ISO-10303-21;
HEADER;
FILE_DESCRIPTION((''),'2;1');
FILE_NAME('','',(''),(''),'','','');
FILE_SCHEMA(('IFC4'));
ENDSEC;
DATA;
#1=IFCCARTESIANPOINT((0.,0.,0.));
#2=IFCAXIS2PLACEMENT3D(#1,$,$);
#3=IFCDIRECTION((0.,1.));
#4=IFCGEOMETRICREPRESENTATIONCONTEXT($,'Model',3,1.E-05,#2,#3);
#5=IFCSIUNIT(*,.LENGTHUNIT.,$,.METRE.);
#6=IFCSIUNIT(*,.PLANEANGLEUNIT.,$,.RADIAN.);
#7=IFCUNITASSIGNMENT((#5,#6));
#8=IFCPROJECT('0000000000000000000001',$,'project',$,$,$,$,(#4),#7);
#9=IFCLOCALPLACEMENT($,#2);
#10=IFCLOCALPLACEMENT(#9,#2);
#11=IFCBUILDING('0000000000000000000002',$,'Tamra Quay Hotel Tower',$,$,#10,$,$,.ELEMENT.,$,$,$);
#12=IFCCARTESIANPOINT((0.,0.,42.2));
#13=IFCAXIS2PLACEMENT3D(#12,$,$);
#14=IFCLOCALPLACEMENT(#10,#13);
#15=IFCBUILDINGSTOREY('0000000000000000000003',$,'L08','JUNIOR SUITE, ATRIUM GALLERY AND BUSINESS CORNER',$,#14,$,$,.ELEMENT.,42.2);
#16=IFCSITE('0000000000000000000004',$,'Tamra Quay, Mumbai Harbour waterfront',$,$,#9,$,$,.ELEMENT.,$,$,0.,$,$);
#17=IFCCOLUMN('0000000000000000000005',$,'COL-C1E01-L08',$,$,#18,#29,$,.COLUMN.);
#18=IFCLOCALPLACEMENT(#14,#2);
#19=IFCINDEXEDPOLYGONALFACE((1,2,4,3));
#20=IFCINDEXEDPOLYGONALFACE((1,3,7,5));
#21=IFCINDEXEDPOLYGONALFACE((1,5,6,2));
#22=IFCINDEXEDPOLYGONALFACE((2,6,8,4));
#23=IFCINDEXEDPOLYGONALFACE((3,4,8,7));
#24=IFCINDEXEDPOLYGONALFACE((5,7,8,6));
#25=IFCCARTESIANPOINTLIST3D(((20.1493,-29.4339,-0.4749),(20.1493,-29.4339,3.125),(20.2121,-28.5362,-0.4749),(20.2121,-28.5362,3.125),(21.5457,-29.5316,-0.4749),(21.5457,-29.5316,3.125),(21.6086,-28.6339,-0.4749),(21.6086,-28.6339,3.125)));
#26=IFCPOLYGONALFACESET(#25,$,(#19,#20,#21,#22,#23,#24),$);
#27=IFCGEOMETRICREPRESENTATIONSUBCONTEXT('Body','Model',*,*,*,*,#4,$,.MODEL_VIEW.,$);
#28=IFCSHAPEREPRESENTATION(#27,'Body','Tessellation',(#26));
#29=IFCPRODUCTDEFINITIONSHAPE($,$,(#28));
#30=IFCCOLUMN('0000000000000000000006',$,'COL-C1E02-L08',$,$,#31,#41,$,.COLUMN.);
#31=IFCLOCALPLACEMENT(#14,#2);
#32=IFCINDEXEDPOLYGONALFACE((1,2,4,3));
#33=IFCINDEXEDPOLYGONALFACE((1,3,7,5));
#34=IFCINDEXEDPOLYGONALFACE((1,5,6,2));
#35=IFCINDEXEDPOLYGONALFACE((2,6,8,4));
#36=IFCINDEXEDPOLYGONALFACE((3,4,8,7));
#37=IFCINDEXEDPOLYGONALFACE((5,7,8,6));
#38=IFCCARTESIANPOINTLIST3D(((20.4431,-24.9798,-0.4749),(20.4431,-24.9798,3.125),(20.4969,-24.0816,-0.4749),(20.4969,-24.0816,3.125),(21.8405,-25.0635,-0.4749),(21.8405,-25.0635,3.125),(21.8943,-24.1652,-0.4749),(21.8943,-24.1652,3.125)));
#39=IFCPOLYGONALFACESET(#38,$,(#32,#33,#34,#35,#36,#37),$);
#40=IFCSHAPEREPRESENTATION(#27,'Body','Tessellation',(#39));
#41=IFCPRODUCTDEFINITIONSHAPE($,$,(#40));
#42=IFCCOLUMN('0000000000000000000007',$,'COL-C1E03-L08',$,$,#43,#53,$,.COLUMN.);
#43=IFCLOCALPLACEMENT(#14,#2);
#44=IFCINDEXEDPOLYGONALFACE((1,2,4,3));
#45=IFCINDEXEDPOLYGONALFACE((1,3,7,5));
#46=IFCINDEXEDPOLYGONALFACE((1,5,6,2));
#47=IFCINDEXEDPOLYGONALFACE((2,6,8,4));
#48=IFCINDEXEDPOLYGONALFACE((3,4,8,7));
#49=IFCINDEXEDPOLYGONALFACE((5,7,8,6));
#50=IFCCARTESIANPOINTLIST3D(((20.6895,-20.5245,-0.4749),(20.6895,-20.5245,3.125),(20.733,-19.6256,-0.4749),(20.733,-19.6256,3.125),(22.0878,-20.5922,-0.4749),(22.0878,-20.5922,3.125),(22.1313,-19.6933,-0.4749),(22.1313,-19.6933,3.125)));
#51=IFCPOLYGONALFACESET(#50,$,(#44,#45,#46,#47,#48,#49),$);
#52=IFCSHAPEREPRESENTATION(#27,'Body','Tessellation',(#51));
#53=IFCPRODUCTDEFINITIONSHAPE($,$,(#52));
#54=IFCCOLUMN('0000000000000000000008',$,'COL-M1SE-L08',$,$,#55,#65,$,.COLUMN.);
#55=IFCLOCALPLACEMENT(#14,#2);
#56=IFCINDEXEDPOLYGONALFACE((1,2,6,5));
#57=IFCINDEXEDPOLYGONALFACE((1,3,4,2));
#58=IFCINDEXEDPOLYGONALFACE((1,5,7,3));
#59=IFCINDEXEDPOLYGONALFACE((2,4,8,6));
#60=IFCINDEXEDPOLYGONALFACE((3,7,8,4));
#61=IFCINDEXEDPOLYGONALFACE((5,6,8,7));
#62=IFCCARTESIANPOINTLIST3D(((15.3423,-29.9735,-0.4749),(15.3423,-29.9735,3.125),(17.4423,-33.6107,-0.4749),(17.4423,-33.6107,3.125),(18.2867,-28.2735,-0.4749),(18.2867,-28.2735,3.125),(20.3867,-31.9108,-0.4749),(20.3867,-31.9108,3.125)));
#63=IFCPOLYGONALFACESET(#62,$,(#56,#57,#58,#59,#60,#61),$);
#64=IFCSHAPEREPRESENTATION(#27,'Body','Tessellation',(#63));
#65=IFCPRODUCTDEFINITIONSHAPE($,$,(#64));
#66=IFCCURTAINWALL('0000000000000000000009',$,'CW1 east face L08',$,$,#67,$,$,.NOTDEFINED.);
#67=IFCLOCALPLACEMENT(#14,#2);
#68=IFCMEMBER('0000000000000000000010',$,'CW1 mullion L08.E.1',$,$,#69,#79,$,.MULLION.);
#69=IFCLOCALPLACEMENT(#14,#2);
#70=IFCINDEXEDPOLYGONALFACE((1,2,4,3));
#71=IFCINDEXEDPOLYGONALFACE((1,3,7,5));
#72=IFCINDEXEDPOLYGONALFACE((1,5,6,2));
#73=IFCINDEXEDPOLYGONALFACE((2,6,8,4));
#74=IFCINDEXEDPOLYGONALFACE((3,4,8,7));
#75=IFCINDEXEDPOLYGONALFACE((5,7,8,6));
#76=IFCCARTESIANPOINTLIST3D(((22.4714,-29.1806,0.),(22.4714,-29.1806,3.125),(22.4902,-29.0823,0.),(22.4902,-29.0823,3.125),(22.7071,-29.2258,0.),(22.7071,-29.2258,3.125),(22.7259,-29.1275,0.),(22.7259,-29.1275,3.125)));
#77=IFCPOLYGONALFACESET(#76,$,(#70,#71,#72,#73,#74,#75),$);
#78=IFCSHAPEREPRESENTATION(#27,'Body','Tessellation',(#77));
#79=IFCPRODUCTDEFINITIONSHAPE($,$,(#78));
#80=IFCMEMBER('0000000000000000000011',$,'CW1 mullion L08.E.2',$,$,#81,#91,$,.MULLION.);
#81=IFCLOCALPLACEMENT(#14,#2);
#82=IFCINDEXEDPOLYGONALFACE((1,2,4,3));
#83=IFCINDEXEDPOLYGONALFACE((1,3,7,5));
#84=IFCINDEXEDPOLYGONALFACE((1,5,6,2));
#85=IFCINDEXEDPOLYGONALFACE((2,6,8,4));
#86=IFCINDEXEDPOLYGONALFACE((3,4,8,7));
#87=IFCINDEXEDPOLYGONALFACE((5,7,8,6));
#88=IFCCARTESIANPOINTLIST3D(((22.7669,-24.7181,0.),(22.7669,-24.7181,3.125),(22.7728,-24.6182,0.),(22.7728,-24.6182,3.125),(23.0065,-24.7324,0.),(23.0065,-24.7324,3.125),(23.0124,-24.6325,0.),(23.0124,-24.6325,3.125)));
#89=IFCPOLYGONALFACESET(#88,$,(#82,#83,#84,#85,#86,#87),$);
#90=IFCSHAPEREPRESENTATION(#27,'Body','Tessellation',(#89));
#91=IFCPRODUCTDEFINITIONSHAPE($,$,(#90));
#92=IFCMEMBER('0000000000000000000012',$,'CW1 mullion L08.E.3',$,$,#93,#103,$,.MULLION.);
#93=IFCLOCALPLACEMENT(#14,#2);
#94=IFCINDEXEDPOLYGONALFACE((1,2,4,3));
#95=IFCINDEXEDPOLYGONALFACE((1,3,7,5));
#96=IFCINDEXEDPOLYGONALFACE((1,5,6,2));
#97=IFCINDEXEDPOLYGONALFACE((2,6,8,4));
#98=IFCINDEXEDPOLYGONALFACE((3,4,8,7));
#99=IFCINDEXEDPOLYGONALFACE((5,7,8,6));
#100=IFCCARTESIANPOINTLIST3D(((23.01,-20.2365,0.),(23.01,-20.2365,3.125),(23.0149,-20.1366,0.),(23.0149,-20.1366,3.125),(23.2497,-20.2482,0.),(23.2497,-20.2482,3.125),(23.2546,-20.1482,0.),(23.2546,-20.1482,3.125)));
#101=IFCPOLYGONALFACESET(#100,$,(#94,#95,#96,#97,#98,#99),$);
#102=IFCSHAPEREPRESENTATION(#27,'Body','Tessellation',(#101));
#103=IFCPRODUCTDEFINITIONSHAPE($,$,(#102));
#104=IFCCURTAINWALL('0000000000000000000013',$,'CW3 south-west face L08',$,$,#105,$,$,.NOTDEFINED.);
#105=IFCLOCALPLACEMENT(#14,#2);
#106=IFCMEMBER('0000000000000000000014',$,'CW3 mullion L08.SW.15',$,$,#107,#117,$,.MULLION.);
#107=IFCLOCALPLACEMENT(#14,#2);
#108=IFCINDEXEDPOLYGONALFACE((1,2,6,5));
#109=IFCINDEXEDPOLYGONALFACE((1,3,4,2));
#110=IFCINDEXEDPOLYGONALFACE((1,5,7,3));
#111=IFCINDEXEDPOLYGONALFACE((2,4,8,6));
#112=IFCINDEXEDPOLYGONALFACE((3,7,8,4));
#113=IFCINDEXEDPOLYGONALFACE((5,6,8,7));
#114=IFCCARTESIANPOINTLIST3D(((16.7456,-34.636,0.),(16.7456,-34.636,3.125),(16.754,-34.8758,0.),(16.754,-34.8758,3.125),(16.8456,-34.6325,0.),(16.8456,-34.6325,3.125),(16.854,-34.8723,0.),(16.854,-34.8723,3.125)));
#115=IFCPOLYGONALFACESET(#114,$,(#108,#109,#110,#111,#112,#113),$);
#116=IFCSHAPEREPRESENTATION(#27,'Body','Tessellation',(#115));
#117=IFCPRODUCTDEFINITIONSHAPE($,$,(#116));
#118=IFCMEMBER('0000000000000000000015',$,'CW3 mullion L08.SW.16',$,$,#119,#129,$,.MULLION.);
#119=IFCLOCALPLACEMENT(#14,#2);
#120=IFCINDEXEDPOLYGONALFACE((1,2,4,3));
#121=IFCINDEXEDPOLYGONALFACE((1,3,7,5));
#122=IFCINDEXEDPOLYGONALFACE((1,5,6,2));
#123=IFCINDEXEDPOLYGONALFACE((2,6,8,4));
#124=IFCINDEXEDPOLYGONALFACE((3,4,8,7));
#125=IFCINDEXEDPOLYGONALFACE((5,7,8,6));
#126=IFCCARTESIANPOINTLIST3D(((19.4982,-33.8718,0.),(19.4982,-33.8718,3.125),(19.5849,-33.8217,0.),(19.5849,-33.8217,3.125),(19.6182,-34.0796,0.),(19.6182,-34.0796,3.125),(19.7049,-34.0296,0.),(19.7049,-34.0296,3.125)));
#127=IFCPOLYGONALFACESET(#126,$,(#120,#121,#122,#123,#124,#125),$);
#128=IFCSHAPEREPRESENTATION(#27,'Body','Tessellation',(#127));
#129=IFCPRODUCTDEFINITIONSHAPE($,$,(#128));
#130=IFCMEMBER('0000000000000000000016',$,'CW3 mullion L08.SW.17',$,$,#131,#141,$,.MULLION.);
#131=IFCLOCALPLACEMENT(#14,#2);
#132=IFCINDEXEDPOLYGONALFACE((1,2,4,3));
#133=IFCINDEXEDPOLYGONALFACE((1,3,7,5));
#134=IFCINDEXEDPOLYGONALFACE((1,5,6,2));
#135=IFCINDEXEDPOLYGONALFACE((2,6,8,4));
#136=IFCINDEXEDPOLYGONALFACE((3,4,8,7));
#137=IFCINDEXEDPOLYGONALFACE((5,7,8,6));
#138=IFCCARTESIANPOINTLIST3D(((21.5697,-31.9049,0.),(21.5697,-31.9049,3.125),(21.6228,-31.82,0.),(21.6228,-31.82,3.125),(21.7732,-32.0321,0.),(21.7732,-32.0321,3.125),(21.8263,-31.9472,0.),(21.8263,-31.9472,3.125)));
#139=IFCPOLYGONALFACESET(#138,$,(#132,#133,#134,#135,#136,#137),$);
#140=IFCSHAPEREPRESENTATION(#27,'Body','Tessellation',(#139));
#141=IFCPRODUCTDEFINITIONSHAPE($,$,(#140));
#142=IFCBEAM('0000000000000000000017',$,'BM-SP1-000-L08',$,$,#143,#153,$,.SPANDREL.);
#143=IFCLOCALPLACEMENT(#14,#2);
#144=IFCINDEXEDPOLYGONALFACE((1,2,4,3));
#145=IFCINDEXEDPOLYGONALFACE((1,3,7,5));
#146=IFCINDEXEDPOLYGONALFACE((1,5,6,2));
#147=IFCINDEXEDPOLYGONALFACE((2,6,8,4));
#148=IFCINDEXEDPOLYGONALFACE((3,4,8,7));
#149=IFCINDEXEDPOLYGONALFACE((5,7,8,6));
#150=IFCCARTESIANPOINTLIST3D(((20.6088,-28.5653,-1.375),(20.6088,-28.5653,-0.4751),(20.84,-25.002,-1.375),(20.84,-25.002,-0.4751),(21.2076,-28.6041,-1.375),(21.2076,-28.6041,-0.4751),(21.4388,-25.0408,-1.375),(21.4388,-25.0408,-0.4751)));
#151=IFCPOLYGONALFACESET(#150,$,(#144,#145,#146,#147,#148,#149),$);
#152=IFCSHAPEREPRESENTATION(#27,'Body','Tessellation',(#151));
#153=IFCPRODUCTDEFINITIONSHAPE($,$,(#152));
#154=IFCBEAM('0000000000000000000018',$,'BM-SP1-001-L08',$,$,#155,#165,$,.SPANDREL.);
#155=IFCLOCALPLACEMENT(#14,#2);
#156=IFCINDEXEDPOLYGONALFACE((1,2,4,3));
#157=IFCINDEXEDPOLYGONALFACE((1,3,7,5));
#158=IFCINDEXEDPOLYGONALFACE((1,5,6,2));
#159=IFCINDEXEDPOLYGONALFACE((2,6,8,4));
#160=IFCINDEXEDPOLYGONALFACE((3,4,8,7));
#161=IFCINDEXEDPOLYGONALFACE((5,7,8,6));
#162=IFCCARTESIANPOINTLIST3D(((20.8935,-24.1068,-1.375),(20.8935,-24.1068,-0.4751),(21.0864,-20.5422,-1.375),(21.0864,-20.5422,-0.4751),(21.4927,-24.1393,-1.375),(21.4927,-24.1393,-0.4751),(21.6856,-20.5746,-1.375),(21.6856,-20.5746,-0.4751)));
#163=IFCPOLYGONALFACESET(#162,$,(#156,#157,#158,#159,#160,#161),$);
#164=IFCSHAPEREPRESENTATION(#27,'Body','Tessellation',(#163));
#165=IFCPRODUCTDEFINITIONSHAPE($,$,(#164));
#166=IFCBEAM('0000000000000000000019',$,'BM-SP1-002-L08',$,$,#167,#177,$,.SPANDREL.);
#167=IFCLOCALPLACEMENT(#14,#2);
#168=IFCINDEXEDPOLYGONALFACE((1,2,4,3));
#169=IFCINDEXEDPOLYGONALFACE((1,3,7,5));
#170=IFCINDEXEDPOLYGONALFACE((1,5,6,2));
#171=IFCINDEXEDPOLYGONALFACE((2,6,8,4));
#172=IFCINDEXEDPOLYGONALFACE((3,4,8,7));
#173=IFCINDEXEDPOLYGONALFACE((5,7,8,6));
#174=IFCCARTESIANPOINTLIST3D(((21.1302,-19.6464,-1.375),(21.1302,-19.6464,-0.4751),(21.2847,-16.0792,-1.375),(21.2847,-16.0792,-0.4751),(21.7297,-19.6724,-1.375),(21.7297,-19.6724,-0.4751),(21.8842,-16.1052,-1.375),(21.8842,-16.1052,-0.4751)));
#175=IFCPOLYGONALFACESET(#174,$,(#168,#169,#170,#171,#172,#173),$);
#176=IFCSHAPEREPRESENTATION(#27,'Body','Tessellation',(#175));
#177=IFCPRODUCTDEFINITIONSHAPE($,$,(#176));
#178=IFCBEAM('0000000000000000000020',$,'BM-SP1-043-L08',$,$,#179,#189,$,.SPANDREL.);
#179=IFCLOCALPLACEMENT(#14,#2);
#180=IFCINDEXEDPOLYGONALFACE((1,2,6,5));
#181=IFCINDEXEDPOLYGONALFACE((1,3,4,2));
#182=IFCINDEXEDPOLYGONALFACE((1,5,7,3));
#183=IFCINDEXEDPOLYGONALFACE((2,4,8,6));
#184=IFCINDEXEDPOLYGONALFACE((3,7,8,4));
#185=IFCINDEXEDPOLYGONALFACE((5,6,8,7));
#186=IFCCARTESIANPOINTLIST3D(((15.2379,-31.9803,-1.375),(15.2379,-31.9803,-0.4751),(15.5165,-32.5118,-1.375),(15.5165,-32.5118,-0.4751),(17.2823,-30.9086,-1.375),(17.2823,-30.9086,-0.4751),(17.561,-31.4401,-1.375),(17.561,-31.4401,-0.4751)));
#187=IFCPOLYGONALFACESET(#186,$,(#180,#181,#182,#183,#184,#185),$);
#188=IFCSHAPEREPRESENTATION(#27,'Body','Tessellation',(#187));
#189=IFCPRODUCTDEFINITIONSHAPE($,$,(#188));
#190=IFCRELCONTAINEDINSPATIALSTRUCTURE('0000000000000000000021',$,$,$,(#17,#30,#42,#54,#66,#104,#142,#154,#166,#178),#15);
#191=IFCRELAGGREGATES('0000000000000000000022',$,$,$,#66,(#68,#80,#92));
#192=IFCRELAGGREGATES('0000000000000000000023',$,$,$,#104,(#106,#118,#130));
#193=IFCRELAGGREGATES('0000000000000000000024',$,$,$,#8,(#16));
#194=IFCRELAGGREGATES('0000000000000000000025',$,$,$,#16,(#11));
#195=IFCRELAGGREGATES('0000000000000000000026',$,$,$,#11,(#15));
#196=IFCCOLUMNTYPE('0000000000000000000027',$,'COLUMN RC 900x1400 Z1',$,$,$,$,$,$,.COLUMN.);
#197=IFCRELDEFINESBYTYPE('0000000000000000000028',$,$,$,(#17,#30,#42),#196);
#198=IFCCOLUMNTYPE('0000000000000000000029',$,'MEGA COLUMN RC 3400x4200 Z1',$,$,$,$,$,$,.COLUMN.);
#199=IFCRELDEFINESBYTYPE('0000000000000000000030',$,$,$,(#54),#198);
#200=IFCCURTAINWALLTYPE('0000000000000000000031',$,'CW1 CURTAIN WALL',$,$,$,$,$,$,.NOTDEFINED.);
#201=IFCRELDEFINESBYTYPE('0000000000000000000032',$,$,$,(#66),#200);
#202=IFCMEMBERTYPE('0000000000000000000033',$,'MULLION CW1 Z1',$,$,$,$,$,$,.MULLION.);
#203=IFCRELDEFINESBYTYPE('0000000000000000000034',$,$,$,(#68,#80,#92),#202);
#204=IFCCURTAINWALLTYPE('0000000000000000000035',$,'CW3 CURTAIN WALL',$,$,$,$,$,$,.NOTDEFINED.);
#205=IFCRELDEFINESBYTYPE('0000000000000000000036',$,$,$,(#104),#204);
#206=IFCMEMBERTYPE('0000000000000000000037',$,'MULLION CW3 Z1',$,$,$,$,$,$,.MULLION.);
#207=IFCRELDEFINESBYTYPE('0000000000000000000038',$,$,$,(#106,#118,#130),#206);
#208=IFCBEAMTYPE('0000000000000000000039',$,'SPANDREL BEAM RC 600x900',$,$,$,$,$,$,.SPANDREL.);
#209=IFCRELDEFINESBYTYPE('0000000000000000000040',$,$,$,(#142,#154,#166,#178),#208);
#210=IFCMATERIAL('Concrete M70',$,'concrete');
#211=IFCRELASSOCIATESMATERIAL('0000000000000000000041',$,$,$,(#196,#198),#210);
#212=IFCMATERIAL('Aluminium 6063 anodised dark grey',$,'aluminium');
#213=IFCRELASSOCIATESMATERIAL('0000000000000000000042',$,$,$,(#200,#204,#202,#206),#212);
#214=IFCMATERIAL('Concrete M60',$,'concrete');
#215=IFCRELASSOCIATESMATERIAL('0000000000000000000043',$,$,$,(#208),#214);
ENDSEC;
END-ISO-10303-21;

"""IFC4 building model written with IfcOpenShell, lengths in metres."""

from ifc_helpers import new_model, si_unit, direction, frame, origin, origin_2d, place, context, subcontext, project, spatial, rectangle, extrude, material, material_profile, profile_set, type_object, element, aggregate, save


model = new_model("IFC4")

# Units and contexts
model_context = context("Model", 3, precision=1e-05, world=origin(), true_north=direction((0.0, 1.0)))
body_context = subcontext(model_context, "Body", "Model", "MODEL_VIEW")
ifc_project = project(units=[si_unit("LENGTHUNIT", "METRE"), si_unit("PLANEANGLEUNIT", "RADIAN")], contexts=[model_context])

# Site, building, storey
site_placement = place(None, origin())
site = spatial("IfcSite", under=ifc_project, at=site_placement, Name="Tamra Quay, Mumbai Harbour waterfront", CompositionType="ELEMENT", RefElevation=0.0)
building_placement = place(site_placement, origin())
building = spatial("IfcBuilding", under=site, at=building_placement, Name="Tamra Quay Hotel Tower", CompositionType="ELEMENT")
storey_placement = place(building_placement, frame((0.0, 0.0, 42.2)))
storey = spatial("IfcBuildingStorey", under=building, at=storey_placement, Name="L08", Description="JUNIOR SUITE, ATRIUM GALLERY AND BUSINESS CORNER", CompositionType="ELEMENT", Elevation=42.2)

# Columns
ifc_material_1 = material(Name="Concrete M70", Category="concrete")
ifc_material_profile_1 = material_profile(ifc_material_1, rectangle(XDim=1.3999, YDim=0.8999, at=origin_2d()), Name="COLUMN RC 900x1400 Z1")
ifc_profile_set_1 = profile_set([ifc_material_profile_1], Name="Concrete M70")
column_type_1 = type_object("IfcColumnType", Name="COLUMN RC 900x1400 Z1", PredefinedType="COLUMN", material=ifc_profile_set_1)
for number, where, z_axis, x_axis, name in (
    (1, (20.8789, -29.0339, -0.4749), (0.0, 0.0, 1.0), (-0.997562, 0.06979, 0.0), "COL-C1E01-L08"),
    (2, (21.1687, -24.5725, -0.4749), (0.0, 0.0, 1.0), (-0.998214, 0.059733, 0.0), "COL-C1E02-L08"),
    (3, (21.4104, -20.1089, -0.4749), (0.0, 0.0, 1.0), (-0.998831, 0.048344, 0.0), "COL-C1E03-L08"),
):
    element("IfcColumn", number, at=place(storey_placement, frame(where, z_axis=z_axis, x_axis=x_axis)), inside=storey, type_object=column_type_1, Name=name, PredefinedType="COLUMN", context=body_context, shape_type="SweptSolid", body=[
        extrude(rectangle(XDim=1.3999, YDim=0.8999, at=origin_2d()), origin(), (0.0, 0.0, 1.0), 3.5999),
    ])
ifc_material_profile_2 = material_profile(ifc_material_1, rectangle(XDim=4.2, YDim=3.3999, at=origin_2d()), Name="MEGA COLUMN RC 3400x4200 Z1")
ifc_profile_set_2 = profile_set([ifc_material_profile_2], Name="Concrete M70")
column_type_2 = type_object("IfcColumnType", Name="MEGA COLUMN RC 3400x4200 Z1", PredefinedType="COLUMN", material=ifc_profile_set_2)
column_placement = place(storey_placement, frame((17.8645, -30.9421, -0.4749), z_axis=(0.0, 0.0, 1.0), x_axis=(-0.5, 0.866025, 0.0)))
element("IfcColumn", 4, at=column_placement, inside=storey, type_object=column_type_2, Name="COL-M1SE-L08", PredefinedType="COLUMN", context=body_context, shape_type="SweptSolid", body=[
    extrude(rectangle(XDim=4.2, YDim=3.3999, at=origin_2d()), origin(), (0.0, 0.0, 1.0), 3.5999),
])

# Curtain walls, members
ifc_material_2 = material(Name="Aluminium 6063 anodised dark grey", Category="aluminium")
curtain_wall_type_1 = type_object("IfcCurtainWallType", Name="CW1 CURTAIN WALL", PredefinedType="NOTDEFINED", material=ifc_material_2)
curtain_wall_1_placement = place(storey_placement, origin())
curtain_wall_1 = element("IfcCurtainWall", 5, at=curtain_wall_1_placement, inside=storey, type_object=curtain_wall_type_1, Name="CW1 east face L08", PredefinedType="NOTDEFINED")
ifc_material_profile_3 = material_profile(ifc_material_2, rectangle(XDim=0.24, YDim=0.1001, at=origin_2d()), Name="MULLION 100X240")
ifc_profile_set_3 = profile_set([ifc_material_profile_3], Name="Aluminium 6063 anodised dark grey")
member_type_1 = type_object("IfcMemberType", Name="MULLION CW1 Z1", PredefinedType="MULLION", material=ifc_profile_set_3)
member_1_placement = place(storey_placement, frame((22.5986, -29.1541, 0.0), z_axis=(0.0, 0.0, 1.0), x_axis=(0.982095, -0.188389, 0.0)))
member_1 = element("IfcMember", 6, at=member_1_placement, type_object=member_type_1, Name="CW1 mullion L08.E.1", PredefinedType="MULLION", context=body_context, shape_type="SweptSolid", body=[
    extrude(rectangle(XDim=0.24, YDim=0.1001, at=origin_2d()), origin(), (0.0, 0.0, 1.0), 3.125),
])
member_2_placement = place(storey_placement, frame((22.8896, -24.6753, 0.0), z_axis=(0.0, 0.0, 1.0), x_axis=(0.998232, -0.059439, 0.0)))
member_2 = element("IfcMember", 7, at=member_2_placement, type_object=member_type_1, Name="CW1 mullion L08.E.2", PredefinedType="MULLION", context=body_context, shape_type="SweptSolid", body=[
    extrude(rectangle(XDim=0.24, YDim=0.1001, at=origin_2d()), origin(), (0.0, 0.0, 1.0), 3.125),
])
member_3_placement = place(storey_placement, frame((23.1323, -20.1924, 0.0), z_axis=(0.0, 0.0, 1.0), x_axis=(0.998815, -0.048675, 0.0)))
member_3 = element("IfcMember", 8, at=member_3_placement, type_object=member_type_1, Name="CW1 mullion L08.E.3", PredefinedType="MULLION", context=body_context, shape_type="SweptSolid", body=[
    extrude(rectangle(XDim=0.24, YDim=0.1001, at=origin_2d()), origin(), (0.0, 0.0, 1.0), 3.125),
])
curtain_wall_type_2 = type_object("IfcCurtainWallType", Name="CW3 CURTAIN WALL", PredefinedType="NOTDEFINED", material=ifc_material_2)
curtain_wall_2_placement = place(storey_placement, origin())
curtain_wall_2 = element("IfcCurtainWall", 9, at=curtain_wall_2_placement, inside=storey, type_object=curtain_wall_type_2, Name="CW3 south-west face L08", PredefinedType="NOTDEFINED")
ifc_material_profile_4 = material_profile(ifc_material_2, rectangle(XDim=0.24, YDim=0.1001, at=origin_2d()), Name="MULLION 100X240")
ifc_profile_set_4 = profile_set([ifc_material_profile_4], Name="Aluminium 6063 anodised dark grey")
member_type_2 = type_object("IfcMemberType", Name="MULLION CW3 Z1", PredefinedType="MULLION", material=ifc_profile_set_4)
member_4_placement = place(storey_placement, frame((16.7998, -34.7542, 0.0), z_axis=(0.0, 0.0, 1.0), x_axis=(0.034916, -0.99939, 0.0)))
member_4 = element("IfcMember", 10, at=member_4_placement, type_object=member_type_2, Name="CW3 mullion L08.SW.15", PredefinedType="MULLION", context=body_context, shape_type="SweptSolid", body=[
    extrude(rectangle(XDim=0.24, YDim=0.1001, at=origin_2d()), origin(), (0.0, 0.0, 1.0), 3.125),
])
member_5_placement = place(storey_placement, frame((19.6016, -33.9507, 0.0), z_axis=(0.0, 0.0, 1.0), x_axis=(0.5, -0.866025, 0.0)))
member_5 = element("IfcMember", 11, at=member_5_placement, type_object=member_type_2, Name="CW3 mullion L08.SW.16", PredefinedType="MULLION", context=body_context, shape_type="SweptSolid", body=[
    extrude(rectangle(XDim=0.24, YDim=0.1001, at=origin_2d()), origin(), (0.0, 0.0, 1.0), 3.125),
])
member_6_placement = place(storey_placement, frame((21.698, -31.926, 0.0), z_axis=(0.0, 0.0, 1.0), x_axis=(0.848039, -0.529933, 0.0)))
member_6 = element("IfcMember", 12, at=member_6_placement, type_object=member_type_2, Name="CW3 mullion L08.SW.17", PredefinedType="MULLION", context=body_context, shape_type="SweptSolid", body=[
    extrude(rectangle(XDim=0.24, YDim=0.1001, at=origin_2d()), origin(), (0.0, 0.0, 1.0), 3.125),
])

# Beams
ifc_material_3 = material(Name="Concrete M60", Category="concrete")
ifc_material_profile_5 = material_profile(ifc_material_3, rectangle(XDim=0.6001, YDim=0.8999, at=origin_2d()), Name="SPANDREL BEAM RC 600x900")
ifc_profile_set_5 = profile_set([ifc_material_profile_5], Name="Concrete M60")
beam_type = type_object("IfcBeamType", Name="SPANDREL BEAM RC 600x900", PredefinedType="SPANDREL", material=ifc_profile_set_5)
beam_1_placement = place(storey_placement, frame((20.9082, -28.5847, -0.925), z_axis=(0.064749, 0.997902, 0.0), x_axis=(-0.997902, 0.064749, 0.0)))
element("IfcBeam", 13, at=beam_1_placement, inside=storey, type_object=beam_type, Name="BM-SP1-000-L08", PredefinedType="SPANDREL", context=body_context, shape_type="SweptSolid", body=[
    extrude(rectangle(XDim=0.6001, YDim=0.8999, at=origin_2d()), origin(), (0.0, 0.0, 1.0), 3.5708),
])
beam_2_placement = place(storey_placement, frame((21.1931, -24.123, -0.925), z_axis=(0.054027, 0.998539, 0.0), x_axis=(-0.998539, 0.054027, 0.0)))
element("IfcBeam", 14, at=beam_2_placement, inside=storey, type_object=beam_type, Name="BM-SP1-001-L08", PredefinedType="SPANDREL", context=body_context, shape_type="SweptSolid", body=[
    extrude(rectangle(XDim=0.6001, YDim=0.8999, at=origin_2d()), origin(), (0.0, 0.0, 1.0), 3.5698),
])
beam_3_placement = place(storey_placement, frame((21.4299, -19.6594, -0.925), z_axis=(0.043283, 0.999063, 0.0), x_axis=(-0.999063, 0.043283, 0.0)))
element("IfcBeam", 15, at=beam_3_placement, inside=storey, type_object=beam_type, Name="BM-SP1-002-L08", PredefinedType="SPANDREL", context=body_context, shape_type="SweptSolid", body=[
    extrude(rectangle(XDim=0.6001, YDim=0.8999, at=origin_2d()), origin(), (0.0, 0.0, 1.0), 3.5706),
])
beam_4_placement = place(storey_placement, frame((15.3772, -32.2461, -0.925), z_axis=(0.885674, 0.464307, 0.0), x_axis=(-0.464307, 0.885674, 0.0)))
element("IfcBeam", 16, at=beam_4_placement, inside=storey, type_object=beam_type, Name="BM-SP1-043-L08", PredefinedType="SPANDREL", context=body_context, shape_type="SweptSolid", body=[
    extrude(rectangle(XDim=0.6001, YDim=0.8999, at=origin_2d()), origin(), (0.0, 0.0, 1.0), 2.3083),
])

aggregate(curtain_wall_1, [member_1, member_2, member_3])
aggregate(curtain_wall_2, [member_4, member_5, member_6])

save(model, "model.ifc")
